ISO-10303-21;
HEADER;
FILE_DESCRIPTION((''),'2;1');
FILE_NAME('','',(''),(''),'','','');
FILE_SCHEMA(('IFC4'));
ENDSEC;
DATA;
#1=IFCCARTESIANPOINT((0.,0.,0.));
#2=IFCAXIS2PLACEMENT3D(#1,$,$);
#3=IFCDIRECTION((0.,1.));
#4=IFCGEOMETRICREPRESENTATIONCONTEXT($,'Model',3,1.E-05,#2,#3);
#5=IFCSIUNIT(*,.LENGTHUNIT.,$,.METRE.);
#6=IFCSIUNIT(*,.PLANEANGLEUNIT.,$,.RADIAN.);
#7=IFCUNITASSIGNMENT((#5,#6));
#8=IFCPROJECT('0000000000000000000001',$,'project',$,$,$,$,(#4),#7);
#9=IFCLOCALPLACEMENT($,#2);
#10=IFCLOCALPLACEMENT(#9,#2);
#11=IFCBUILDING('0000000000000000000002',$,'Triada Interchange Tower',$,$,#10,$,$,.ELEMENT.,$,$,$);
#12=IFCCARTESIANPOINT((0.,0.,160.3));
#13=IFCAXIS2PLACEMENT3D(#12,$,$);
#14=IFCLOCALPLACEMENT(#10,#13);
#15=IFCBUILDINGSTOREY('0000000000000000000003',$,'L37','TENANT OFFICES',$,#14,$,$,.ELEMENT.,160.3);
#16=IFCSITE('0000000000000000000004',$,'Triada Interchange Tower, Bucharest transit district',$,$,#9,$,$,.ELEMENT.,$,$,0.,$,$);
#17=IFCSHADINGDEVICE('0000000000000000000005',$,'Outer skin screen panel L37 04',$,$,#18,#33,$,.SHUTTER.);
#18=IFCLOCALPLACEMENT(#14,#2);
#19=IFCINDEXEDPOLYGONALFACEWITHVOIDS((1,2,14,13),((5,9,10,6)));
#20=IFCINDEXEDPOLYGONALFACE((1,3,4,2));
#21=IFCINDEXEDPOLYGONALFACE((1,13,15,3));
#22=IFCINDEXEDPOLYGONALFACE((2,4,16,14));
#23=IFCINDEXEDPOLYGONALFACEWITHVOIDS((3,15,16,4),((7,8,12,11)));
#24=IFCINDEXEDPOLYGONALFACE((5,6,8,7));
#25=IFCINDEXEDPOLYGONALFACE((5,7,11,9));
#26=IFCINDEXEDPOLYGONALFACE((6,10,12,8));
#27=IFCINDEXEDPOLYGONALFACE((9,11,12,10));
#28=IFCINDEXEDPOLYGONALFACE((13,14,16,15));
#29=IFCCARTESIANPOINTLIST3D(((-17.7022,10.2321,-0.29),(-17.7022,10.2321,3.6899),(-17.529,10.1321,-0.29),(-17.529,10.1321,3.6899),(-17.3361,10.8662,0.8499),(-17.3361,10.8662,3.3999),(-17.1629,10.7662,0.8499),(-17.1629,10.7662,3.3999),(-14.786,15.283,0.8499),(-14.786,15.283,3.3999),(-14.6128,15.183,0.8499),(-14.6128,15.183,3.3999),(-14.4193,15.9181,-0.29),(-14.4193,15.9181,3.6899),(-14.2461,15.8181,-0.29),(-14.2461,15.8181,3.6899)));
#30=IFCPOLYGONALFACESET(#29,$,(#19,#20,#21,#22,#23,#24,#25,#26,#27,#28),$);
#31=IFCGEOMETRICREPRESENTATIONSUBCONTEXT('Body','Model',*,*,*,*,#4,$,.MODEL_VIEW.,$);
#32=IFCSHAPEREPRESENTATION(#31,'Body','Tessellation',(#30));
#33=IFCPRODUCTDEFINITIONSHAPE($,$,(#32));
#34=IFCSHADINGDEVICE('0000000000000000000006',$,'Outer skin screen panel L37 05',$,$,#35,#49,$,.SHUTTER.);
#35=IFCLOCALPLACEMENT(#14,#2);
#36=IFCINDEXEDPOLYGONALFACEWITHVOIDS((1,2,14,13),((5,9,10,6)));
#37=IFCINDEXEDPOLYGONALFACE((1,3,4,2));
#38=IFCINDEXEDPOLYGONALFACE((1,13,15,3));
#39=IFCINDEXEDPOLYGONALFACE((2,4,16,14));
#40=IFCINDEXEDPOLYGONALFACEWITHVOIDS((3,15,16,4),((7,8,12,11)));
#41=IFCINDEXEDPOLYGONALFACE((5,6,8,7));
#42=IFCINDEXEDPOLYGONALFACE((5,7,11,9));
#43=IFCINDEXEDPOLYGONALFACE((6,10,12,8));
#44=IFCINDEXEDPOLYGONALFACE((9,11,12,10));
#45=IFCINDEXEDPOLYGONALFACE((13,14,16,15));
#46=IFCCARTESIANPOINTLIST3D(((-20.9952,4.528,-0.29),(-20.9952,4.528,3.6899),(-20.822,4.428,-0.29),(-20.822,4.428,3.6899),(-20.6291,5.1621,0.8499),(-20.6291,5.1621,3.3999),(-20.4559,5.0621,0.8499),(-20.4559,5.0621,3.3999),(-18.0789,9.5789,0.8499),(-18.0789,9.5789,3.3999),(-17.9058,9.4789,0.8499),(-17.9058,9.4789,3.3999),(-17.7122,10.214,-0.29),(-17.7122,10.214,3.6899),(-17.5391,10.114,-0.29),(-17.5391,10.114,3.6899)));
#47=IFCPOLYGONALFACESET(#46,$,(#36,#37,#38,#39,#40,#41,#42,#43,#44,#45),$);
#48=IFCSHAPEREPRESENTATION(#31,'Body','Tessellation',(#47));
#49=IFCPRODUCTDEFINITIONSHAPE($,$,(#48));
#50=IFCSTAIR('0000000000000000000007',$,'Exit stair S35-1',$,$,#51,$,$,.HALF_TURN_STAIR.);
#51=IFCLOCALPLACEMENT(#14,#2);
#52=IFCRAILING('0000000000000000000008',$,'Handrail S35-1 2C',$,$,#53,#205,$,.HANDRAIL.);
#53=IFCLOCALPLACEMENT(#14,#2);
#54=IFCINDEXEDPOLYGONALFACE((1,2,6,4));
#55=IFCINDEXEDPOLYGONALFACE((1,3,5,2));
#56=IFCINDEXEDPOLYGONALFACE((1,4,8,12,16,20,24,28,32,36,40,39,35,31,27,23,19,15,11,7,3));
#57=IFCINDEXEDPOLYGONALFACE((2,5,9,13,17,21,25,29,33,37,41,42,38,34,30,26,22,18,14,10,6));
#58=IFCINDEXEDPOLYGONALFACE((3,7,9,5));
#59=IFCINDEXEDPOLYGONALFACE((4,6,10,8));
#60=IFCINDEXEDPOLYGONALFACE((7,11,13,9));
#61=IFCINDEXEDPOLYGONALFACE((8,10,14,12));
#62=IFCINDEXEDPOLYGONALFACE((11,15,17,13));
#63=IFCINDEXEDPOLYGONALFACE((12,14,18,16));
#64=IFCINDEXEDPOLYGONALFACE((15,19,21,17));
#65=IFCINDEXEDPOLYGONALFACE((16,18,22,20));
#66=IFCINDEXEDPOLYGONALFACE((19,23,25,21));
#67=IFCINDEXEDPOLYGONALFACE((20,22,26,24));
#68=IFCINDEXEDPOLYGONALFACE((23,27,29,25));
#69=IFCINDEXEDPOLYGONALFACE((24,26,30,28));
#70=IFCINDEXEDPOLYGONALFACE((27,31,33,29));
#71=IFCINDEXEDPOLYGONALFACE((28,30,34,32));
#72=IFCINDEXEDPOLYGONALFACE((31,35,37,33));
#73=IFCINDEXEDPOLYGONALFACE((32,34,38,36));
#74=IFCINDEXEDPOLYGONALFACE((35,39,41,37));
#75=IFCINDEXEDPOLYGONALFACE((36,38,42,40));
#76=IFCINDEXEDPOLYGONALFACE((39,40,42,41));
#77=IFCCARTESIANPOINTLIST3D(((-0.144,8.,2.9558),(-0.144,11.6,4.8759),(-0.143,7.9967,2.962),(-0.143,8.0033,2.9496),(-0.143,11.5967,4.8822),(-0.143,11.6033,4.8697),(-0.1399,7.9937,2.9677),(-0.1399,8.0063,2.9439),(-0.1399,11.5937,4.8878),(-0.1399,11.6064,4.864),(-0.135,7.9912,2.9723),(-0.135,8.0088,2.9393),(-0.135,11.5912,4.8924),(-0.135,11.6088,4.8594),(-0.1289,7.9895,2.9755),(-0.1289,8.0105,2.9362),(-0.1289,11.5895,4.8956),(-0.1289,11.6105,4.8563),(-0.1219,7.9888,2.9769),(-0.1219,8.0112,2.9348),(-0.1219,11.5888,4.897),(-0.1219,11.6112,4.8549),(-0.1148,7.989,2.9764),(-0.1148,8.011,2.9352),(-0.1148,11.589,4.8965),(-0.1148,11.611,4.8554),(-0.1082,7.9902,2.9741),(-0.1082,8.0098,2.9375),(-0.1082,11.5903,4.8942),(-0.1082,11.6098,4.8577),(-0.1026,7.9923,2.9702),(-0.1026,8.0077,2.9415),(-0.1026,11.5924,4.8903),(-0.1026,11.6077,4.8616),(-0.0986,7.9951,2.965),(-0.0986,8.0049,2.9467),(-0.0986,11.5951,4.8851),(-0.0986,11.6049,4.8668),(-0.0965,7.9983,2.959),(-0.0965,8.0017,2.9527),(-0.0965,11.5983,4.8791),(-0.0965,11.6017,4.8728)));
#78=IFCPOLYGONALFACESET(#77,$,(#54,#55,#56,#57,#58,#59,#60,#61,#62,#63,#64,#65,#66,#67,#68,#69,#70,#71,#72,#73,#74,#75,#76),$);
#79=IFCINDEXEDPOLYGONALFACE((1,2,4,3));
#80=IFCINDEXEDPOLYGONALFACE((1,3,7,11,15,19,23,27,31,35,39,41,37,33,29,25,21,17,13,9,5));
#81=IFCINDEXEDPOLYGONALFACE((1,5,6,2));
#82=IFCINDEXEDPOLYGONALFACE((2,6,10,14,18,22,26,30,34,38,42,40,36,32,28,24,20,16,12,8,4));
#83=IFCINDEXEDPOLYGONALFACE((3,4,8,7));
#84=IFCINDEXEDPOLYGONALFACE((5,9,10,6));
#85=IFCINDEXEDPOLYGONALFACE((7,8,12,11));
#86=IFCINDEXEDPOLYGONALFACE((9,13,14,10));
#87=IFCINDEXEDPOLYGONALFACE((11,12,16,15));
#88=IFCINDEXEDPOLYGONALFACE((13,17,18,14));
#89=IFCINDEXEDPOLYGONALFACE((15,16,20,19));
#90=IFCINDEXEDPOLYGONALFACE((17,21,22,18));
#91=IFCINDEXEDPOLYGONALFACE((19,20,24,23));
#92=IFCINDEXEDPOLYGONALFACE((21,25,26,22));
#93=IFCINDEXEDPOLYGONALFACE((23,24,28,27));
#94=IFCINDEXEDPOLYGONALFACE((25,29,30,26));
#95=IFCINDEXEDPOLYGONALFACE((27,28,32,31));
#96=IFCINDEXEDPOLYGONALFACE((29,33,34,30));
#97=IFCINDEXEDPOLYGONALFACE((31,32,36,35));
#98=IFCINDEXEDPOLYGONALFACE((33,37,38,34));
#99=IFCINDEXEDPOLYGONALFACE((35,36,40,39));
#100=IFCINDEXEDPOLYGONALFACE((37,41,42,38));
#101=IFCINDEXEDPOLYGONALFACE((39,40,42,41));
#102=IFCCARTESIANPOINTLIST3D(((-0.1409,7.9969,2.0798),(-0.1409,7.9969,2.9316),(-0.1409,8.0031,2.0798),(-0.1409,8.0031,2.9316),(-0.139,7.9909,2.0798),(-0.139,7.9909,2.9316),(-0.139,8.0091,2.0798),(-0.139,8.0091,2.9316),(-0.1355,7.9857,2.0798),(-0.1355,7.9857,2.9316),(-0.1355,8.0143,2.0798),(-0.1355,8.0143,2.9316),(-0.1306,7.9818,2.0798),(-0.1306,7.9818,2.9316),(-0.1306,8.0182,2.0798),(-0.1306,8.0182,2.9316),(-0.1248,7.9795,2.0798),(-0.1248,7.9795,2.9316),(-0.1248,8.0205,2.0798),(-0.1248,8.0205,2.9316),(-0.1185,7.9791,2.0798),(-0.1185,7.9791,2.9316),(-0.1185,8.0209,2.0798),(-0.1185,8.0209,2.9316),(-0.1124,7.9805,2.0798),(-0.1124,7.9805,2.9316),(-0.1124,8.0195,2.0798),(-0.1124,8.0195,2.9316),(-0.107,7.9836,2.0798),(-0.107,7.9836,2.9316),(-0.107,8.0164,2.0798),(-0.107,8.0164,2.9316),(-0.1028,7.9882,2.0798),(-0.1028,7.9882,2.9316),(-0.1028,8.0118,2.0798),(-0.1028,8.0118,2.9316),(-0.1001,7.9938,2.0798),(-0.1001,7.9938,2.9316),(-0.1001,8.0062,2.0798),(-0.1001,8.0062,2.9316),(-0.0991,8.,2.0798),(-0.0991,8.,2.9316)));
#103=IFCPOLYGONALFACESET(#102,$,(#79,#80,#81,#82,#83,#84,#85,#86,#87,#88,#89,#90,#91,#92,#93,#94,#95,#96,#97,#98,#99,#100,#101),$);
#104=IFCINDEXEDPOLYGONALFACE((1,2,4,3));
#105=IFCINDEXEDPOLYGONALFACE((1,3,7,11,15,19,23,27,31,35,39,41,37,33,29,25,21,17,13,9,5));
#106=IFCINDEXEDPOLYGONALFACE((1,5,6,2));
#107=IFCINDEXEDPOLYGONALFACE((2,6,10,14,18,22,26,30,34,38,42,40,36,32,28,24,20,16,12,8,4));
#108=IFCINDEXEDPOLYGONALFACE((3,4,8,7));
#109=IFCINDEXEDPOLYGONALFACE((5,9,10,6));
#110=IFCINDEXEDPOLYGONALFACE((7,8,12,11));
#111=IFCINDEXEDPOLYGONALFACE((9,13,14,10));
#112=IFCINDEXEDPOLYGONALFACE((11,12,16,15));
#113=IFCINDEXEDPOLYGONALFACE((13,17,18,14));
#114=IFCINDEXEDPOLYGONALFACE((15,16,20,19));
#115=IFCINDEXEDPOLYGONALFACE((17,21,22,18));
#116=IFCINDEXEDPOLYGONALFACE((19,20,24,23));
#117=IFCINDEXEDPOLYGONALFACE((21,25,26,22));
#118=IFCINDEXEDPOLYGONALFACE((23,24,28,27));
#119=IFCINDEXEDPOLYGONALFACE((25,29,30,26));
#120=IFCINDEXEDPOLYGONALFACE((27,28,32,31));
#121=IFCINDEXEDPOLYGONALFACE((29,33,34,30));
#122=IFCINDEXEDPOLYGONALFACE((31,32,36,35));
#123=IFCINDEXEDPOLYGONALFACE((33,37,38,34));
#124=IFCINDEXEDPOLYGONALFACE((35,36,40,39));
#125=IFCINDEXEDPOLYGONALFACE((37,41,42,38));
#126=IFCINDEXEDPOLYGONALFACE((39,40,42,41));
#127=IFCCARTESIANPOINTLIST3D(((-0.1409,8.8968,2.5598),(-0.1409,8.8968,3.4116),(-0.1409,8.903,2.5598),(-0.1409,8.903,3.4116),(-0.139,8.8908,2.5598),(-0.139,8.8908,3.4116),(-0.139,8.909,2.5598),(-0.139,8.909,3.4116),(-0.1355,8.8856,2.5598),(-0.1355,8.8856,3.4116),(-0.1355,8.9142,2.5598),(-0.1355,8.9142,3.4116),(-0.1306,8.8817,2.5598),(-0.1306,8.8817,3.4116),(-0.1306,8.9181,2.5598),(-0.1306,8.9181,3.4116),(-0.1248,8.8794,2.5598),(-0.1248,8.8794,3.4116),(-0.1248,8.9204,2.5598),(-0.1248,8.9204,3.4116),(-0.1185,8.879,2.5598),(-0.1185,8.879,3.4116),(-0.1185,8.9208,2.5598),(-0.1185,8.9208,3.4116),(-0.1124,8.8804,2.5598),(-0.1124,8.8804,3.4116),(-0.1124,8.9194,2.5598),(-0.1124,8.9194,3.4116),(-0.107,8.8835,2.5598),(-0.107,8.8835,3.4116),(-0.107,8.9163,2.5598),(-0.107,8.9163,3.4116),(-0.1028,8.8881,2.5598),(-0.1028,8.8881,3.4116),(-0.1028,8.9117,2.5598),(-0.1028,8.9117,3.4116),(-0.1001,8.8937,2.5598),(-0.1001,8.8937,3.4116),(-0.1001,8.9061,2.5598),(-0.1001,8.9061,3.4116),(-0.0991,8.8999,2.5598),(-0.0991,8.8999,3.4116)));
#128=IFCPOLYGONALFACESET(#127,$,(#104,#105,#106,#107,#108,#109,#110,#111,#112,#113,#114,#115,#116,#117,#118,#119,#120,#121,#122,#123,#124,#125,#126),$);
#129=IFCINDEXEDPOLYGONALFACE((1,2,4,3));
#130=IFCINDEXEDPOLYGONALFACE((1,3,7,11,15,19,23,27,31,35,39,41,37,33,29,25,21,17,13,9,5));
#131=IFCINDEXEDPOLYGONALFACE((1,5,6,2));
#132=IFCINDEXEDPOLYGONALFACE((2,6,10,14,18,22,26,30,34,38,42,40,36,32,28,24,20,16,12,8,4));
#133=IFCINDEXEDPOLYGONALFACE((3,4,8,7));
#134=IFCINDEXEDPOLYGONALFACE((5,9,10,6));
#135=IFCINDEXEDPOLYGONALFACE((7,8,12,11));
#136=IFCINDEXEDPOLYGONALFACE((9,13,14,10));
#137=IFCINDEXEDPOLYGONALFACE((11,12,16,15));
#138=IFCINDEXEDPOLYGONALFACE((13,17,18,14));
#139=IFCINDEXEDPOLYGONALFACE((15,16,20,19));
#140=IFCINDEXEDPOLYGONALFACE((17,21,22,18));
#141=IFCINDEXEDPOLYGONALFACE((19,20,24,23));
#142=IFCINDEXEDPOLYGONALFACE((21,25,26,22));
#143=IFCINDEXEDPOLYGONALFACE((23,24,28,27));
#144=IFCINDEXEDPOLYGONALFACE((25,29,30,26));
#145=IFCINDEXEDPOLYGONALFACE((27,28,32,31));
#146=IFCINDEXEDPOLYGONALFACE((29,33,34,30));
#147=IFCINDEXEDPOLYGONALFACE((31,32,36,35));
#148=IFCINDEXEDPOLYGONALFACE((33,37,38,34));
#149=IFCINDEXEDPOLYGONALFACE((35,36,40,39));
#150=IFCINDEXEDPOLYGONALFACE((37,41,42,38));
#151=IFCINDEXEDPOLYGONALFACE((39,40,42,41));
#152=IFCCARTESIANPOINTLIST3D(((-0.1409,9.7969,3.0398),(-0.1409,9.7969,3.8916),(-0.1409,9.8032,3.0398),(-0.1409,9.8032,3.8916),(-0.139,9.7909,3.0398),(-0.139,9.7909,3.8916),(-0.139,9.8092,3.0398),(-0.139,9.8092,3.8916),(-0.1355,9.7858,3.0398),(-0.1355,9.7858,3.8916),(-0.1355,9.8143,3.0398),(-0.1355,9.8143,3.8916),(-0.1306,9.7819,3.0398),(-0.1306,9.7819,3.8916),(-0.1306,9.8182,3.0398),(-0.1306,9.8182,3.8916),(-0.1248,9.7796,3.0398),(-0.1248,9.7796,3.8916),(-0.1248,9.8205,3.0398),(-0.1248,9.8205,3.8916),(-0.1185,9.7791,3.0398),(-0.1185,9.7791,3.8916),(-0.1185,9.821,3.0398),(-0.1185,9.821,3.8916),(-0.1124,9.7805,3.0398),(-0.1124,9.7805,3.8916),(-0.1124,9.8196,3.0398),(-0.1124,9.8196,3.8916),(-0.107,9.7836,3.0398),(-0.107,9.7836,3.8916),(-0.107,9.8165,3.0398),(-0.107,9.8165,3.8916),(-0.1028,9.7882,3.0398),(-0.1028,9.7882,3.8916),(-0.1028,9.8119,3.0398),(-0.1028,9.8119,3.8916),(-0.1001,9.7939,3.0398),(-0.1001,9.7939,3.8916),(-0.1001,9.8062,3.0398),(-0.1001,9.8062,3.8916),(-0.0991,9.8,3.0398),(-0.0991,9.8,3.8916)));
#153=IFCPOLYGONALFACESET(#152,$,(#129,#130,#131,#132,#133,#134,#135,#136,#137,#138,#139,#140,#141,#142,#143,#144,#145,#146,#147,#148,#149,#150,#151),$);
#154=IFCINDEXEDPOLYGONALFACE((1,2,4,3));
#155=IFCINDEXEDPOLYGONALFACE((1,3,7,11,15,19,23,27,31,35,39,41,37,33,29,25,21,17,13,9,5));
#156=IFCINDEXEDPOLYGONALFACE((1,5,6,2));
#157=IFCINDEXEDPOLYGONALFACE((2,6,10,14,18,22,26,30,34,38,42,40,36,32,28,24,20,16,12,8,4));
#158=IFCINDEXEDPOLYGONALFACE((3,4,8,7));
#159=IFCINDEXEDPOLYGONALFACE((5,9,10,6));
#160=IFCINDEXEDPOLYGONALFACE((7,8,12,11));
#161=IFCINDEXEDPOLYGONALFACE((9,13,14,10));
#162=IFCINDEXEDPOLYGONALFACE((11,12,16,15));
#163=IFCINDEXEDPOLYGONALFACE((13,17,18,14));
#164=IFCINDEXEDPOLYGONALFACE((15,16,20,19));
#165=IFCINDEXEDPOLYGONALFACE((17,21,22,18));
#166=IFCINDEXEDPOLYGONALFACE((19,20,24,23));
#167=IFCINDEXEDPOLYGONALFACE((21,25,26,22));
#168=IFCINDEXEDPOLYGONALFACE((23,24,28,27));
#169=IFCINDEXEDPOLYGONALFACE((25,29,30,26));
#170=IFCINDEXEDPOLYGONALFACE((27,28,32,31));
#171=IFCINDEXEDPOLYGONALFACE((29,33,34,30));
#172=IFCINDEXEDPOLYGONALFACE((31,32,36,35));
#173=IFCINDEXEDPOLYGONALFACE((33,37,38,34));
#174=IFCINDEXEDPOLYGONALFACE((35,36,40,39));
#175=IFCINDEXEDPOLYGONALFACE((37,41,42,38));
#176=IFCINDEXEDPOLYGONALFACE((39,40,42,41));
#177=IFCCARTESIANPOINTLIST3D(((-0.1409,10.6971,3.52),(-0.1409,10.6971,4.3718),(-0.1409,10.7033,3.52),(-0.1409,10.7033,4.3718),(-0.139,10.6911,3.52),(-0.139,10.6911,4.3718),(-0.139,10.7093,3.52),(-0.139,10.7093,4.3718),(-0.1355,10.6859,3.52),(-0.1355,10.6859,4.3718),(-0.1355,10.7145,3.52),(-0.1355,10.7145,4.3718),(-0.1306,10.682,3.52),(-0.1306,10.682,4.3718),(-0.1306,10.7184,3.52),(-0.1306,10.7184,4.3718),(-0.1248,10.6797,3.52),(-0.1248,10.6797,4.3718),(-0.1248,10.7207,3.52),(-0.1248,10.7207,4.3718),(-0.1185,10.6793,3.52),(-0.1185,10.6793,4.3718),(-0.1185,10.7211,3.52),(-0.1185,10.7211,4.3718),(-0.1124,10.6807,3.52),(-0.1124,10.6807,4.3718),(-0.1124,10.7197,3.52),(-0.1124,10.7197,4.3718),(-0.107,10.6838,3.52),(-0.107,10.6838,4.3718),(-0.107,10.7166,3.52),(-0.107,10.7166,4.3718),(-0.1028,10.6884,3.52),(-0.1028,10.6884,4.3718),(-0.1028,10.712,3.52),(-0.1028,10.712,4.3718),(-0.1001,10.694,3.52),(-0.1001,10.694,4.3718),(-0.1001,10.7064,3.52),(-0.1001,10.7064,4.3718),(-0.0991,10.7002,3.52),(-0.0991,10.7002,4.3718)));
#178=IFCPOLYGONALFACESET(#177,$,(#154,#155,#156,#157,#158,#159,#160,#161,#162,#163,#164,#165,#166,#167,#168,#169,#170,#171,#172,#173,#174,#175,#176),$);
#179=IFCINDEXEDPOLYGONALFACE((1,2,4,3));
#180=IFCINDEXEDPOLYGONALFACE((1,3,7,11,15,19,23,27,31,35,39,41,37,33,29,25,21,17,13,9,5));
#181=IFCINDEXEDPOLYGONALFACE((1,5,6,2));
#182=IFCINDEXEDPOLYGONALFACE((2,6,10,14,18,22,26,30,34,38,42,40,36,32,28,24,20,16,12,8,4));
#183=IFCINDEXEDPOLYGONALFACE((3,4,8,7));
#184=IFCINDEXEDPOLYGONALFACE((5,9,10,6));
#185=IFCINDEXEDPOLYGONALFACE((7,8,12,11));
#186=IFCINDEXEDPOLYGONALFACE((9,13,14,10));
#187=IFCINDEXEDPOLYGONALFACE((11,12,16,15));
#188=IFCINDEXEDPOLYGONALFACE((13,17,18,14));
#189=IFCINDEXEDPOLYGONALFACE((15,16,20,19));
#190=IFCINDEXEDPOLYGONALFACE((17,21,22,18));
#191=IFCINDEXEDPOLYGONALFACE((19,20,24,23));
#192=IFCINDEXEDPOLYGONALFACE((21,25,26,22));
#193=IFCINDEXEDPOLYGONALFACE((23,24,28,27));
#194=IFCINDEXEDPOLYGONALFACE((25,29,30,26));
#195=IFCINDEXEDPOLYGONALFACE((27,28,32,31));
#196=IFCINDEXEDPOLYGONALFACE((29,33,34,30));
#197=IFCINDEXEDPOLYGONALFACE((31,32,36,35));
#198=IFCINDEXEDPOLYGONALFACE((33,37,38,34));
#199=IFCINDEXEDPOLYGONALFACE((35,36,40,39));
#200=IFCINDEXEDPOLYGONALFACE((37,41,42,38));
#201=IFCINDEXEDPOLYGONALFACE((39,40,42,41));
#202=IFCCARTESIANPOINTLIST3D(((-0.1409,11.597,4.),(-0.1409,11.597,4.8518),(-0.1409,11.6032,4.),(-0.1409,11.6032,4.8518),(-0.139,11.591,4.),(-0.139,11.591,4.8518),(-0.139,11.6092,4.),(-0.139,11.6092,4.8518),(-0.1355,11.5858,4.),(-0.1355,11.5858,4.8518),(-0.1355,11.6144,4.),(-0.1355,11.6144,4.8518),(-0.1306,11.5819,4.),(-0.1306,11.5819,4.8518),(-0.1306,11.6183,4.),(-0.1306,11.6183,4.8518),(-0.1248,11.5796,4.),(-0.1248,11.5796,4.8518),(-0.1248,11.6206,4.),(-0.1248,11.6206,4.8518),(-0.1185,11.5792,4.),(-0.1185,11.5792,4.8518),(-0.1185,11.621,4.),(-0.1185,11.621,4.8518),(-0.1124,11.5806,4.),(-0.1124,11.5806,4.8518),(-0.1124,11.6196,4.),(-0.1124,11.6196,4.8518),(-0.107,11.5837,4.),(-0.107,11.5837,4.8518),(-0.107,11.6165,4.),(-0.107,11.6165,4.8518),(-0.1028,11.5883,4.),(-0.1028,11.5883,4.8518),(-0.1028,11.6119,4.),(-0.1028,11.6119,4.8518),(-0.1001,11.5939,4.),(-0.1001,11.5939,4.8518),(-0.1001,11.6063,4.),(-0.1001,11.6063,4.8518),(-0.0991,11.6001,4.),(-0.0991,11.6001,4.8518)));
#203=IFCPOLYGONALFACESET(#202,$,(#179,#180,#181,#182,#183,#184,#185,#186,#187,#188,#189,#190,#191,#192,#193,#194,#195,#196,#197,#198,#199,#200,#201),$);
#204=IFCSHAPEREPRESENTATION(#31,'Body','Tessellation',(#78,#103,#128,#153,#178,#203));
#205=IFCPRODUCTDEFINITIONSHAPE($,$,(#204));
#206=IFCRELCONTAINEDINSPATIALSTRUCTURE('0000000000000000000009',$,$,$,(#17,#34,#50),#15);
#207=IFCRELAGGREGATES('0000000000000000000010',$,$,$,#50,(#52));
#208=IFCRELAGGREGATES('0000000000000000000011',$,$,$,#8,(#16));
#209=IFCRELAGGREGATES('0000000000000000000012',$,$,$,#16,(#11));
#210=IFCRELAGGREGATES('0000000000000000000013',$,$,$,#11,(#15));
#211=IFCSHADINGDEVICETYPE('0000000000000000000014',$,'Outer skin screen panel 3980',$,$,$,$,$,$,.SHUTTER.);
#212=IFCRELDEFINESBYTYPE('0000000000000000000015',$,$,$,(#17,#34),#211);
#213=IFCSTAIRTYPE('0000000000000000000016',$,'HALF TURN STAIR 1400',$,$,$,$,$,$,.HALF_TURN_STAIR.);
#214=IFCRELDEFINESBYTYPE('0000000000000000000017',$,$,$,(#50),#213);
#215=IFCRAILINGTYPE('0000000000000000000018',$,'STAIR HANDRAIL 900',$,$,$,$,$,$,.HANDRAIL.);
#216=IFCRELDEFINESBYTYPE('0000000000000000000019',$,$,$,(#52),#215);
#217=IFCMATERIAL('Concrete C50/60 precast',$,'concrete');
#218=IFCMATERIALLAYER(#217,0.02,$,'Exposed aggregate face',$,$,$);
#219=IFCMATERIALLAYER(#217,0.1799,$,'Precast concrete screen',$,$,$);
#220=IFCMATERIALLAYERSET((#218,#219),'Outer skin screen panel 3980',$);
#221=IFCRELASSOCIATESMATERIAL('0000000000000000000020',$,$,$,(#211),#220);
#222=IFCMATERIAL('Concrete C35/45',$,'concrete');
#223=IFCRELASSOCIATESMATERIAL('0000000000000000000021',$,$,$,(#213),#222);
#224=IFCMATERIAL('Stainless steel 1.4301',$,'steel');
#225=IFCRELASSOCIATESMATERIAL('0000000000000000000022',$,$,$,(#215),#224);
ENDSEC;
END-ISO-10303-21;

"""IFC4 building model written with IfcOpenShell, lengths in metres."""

from ifc_helpers import new_model, si_unit, direction, frame, origin, origin_2d, place, context, subcontext, project, spatial, polyline, circle, outline, extrude, material, layer, layer_set, type_object, element, aggregate, save


model = new_model("IFC4")

# Units and contexts
model_context = context("Model", 3, precision=1e-05, world=origin(), true_north=direction((0.0, 1.0)))
body_context = subcontext(model_context, "Body", "Model", "MODEL_VIEW")
ifc_project = project(units=[si_unit("LENGTHUNIT", "METRE"), si_unit("PLANEANGLEUNIT", "RADIAN")], contexts=[model_context])

# Site, building, storey
site_placement = place(None, origin())
site = spatial("IfcSite", under=ifc_project, at=site_placement, Name="Triada Interchange Tower, Bucharest transit district", CompositionType="ELEMENT", RefElevation=0.0)
building_placement = place(site_placement, origin())
building = spatial("IfcBuilding", under=site, at=building_placement, Name="Triada Interchange Tower", CompositionType="ELEMENT")
storey_placement = place(building_placement, frame((0.0, 0.0, 160.3)))
storey = spatial("IfcBuildingStorey", under=building, at=storey_placement, Name="L37", Description="TENANT OFFICES", CompositionType="ELEMENT", Elevation=160.3)

# Shading devices
ifc_material_1 = material(Name="Concrete C50/60 precast", Category="concrete")
ifc_layer_1 = layer(ifc_material_1, 0.02, Name="Exposed aggregate face")
ifc_layer_2 = layer(ifc_material_1, 0.1799, Name="Precast concrete screen")
ifc_layer_set_1 = layer_set([ifc_layer_1, ifc_layer_2], Name="Outer skin screen panel 3980")
shading_device_type = type_object("IfcShadingDeviceType", Name="Outer skin screen panel 3980", PredefinedType="SHUTTER", material=ifc_layer_set_1)
for number, where, z_axis, x_axis, name in (
    (1, (-14.2461, 15.8181, -0.29), (0.0, 0.0, 1.0), (-0.500014, -0.866017, 0.0), "Outer skin screen panel L37 04"),
    (2, (-17.5391, 10.114, -0.29), (0.0, 0.0, 1.0), (-0.500014, -0.866017, 0.0), "Outer skin screen panel L37 05"),
):
    element("IfcShadingDevice", number, at=place(storey_placement, frame(where, z_axis=z_axis, x_axis=x_axis)), inside=storey, type_object=shading_device_type, Name=name, PredefinedType="SHUTTER", context=body_context, shape_type="SweptSolid", body=[
        extrude(outline(polyline([(0.0, 0.0), (6.5657, 0.0), (6.5657, 3.98), (0.0, 3.98), (0.0, 0.0)]), holes=[polyline([(0.7334, 1.1399), (0.7334, 3.6899), (5.8335, 3.6899), (5.8335, 1.1399), (0.7334, 1.1399)])]), frame((0.0, 0.0, 0.0), z_axis=(0.0, -1.0, 0.0), x_axis=(1.0, 0.0, 0.0)), (0.0, 0.0, 1.0), 0.2),
    ])

# Stair, railing
ifc_material_2 = material(Name="Concrete C35/45", Category="concrete")
stair_type = type_object("IfcStairType", Name="HALF TURN STAIR 1400", PredefinedType="HALF_TURN_STAIR", material=ifc_material_2)
stair_placement = place(storey_placement, origin())
stair = element("IfcStair", 3, at=stair_placement, inside=storey, type_object=stair_type, Name="Exit stair S35-1", PredefinedType="HALF_TURN_STAIR")
ifc_material_3 = material(Name="Stainless steel 1.4301", Category="steel")
railing_type = type_object("IfcRailingType", Name="STAIR HANDRAIL 900", PredefinedType="HANDRAIL", material=ifc_material_3)
railing_placement = place(storey_placement, frame((-0.1201, 8.0, 2.0798)))
railing = element("IfcRailing", 4, at=railing_placement, type_object=railing_type, Name="Handrail S35-1 2C", PredefinedType="HANDRAIL", context=body_context, shape_type="SweptSolid", body=[
    extrude(circle(Radius=0.0239, at=origin_2d()), frame((0.0, 0.0, 0.876), z_axis=(0.0, 0.882341, 0.47061), x_axis=(-1.0, 0.0, 0.0)), (0.0, 0.0, 1.0), 4.0801),
    extrude(circle(Radius=0.021, at=origin_2d()), origin(), (0.0, 0.0, 1.0), 0.8518),
    extrude(circle(Radius=0.021, at=origin_2d()), frame((0.0, 0.8999, 0.48)), (0.0, 0.0, 1.0), 0.8518),
    extrude(circle(Radius=0.021, at=origin_2d()), frame((0.0, 1.8, 0.96)), (0.0, 0.0, 1.0), 0.8518),
    extrude(circle(Radius=0.021, at=origin_2d()), frame((0.0, 2.7002, 1.4402)), (0.0, 0.0, 1.0), 0.8518),
    extrude(circle(Radius=0.021, at=origin_2d()), frame((0.0, 3.6001, 1.9202)), (0.0, 0.0, 1.0), 0.8518),
])
aggregate(stair, [railing])

save(model, "model.ifc")
